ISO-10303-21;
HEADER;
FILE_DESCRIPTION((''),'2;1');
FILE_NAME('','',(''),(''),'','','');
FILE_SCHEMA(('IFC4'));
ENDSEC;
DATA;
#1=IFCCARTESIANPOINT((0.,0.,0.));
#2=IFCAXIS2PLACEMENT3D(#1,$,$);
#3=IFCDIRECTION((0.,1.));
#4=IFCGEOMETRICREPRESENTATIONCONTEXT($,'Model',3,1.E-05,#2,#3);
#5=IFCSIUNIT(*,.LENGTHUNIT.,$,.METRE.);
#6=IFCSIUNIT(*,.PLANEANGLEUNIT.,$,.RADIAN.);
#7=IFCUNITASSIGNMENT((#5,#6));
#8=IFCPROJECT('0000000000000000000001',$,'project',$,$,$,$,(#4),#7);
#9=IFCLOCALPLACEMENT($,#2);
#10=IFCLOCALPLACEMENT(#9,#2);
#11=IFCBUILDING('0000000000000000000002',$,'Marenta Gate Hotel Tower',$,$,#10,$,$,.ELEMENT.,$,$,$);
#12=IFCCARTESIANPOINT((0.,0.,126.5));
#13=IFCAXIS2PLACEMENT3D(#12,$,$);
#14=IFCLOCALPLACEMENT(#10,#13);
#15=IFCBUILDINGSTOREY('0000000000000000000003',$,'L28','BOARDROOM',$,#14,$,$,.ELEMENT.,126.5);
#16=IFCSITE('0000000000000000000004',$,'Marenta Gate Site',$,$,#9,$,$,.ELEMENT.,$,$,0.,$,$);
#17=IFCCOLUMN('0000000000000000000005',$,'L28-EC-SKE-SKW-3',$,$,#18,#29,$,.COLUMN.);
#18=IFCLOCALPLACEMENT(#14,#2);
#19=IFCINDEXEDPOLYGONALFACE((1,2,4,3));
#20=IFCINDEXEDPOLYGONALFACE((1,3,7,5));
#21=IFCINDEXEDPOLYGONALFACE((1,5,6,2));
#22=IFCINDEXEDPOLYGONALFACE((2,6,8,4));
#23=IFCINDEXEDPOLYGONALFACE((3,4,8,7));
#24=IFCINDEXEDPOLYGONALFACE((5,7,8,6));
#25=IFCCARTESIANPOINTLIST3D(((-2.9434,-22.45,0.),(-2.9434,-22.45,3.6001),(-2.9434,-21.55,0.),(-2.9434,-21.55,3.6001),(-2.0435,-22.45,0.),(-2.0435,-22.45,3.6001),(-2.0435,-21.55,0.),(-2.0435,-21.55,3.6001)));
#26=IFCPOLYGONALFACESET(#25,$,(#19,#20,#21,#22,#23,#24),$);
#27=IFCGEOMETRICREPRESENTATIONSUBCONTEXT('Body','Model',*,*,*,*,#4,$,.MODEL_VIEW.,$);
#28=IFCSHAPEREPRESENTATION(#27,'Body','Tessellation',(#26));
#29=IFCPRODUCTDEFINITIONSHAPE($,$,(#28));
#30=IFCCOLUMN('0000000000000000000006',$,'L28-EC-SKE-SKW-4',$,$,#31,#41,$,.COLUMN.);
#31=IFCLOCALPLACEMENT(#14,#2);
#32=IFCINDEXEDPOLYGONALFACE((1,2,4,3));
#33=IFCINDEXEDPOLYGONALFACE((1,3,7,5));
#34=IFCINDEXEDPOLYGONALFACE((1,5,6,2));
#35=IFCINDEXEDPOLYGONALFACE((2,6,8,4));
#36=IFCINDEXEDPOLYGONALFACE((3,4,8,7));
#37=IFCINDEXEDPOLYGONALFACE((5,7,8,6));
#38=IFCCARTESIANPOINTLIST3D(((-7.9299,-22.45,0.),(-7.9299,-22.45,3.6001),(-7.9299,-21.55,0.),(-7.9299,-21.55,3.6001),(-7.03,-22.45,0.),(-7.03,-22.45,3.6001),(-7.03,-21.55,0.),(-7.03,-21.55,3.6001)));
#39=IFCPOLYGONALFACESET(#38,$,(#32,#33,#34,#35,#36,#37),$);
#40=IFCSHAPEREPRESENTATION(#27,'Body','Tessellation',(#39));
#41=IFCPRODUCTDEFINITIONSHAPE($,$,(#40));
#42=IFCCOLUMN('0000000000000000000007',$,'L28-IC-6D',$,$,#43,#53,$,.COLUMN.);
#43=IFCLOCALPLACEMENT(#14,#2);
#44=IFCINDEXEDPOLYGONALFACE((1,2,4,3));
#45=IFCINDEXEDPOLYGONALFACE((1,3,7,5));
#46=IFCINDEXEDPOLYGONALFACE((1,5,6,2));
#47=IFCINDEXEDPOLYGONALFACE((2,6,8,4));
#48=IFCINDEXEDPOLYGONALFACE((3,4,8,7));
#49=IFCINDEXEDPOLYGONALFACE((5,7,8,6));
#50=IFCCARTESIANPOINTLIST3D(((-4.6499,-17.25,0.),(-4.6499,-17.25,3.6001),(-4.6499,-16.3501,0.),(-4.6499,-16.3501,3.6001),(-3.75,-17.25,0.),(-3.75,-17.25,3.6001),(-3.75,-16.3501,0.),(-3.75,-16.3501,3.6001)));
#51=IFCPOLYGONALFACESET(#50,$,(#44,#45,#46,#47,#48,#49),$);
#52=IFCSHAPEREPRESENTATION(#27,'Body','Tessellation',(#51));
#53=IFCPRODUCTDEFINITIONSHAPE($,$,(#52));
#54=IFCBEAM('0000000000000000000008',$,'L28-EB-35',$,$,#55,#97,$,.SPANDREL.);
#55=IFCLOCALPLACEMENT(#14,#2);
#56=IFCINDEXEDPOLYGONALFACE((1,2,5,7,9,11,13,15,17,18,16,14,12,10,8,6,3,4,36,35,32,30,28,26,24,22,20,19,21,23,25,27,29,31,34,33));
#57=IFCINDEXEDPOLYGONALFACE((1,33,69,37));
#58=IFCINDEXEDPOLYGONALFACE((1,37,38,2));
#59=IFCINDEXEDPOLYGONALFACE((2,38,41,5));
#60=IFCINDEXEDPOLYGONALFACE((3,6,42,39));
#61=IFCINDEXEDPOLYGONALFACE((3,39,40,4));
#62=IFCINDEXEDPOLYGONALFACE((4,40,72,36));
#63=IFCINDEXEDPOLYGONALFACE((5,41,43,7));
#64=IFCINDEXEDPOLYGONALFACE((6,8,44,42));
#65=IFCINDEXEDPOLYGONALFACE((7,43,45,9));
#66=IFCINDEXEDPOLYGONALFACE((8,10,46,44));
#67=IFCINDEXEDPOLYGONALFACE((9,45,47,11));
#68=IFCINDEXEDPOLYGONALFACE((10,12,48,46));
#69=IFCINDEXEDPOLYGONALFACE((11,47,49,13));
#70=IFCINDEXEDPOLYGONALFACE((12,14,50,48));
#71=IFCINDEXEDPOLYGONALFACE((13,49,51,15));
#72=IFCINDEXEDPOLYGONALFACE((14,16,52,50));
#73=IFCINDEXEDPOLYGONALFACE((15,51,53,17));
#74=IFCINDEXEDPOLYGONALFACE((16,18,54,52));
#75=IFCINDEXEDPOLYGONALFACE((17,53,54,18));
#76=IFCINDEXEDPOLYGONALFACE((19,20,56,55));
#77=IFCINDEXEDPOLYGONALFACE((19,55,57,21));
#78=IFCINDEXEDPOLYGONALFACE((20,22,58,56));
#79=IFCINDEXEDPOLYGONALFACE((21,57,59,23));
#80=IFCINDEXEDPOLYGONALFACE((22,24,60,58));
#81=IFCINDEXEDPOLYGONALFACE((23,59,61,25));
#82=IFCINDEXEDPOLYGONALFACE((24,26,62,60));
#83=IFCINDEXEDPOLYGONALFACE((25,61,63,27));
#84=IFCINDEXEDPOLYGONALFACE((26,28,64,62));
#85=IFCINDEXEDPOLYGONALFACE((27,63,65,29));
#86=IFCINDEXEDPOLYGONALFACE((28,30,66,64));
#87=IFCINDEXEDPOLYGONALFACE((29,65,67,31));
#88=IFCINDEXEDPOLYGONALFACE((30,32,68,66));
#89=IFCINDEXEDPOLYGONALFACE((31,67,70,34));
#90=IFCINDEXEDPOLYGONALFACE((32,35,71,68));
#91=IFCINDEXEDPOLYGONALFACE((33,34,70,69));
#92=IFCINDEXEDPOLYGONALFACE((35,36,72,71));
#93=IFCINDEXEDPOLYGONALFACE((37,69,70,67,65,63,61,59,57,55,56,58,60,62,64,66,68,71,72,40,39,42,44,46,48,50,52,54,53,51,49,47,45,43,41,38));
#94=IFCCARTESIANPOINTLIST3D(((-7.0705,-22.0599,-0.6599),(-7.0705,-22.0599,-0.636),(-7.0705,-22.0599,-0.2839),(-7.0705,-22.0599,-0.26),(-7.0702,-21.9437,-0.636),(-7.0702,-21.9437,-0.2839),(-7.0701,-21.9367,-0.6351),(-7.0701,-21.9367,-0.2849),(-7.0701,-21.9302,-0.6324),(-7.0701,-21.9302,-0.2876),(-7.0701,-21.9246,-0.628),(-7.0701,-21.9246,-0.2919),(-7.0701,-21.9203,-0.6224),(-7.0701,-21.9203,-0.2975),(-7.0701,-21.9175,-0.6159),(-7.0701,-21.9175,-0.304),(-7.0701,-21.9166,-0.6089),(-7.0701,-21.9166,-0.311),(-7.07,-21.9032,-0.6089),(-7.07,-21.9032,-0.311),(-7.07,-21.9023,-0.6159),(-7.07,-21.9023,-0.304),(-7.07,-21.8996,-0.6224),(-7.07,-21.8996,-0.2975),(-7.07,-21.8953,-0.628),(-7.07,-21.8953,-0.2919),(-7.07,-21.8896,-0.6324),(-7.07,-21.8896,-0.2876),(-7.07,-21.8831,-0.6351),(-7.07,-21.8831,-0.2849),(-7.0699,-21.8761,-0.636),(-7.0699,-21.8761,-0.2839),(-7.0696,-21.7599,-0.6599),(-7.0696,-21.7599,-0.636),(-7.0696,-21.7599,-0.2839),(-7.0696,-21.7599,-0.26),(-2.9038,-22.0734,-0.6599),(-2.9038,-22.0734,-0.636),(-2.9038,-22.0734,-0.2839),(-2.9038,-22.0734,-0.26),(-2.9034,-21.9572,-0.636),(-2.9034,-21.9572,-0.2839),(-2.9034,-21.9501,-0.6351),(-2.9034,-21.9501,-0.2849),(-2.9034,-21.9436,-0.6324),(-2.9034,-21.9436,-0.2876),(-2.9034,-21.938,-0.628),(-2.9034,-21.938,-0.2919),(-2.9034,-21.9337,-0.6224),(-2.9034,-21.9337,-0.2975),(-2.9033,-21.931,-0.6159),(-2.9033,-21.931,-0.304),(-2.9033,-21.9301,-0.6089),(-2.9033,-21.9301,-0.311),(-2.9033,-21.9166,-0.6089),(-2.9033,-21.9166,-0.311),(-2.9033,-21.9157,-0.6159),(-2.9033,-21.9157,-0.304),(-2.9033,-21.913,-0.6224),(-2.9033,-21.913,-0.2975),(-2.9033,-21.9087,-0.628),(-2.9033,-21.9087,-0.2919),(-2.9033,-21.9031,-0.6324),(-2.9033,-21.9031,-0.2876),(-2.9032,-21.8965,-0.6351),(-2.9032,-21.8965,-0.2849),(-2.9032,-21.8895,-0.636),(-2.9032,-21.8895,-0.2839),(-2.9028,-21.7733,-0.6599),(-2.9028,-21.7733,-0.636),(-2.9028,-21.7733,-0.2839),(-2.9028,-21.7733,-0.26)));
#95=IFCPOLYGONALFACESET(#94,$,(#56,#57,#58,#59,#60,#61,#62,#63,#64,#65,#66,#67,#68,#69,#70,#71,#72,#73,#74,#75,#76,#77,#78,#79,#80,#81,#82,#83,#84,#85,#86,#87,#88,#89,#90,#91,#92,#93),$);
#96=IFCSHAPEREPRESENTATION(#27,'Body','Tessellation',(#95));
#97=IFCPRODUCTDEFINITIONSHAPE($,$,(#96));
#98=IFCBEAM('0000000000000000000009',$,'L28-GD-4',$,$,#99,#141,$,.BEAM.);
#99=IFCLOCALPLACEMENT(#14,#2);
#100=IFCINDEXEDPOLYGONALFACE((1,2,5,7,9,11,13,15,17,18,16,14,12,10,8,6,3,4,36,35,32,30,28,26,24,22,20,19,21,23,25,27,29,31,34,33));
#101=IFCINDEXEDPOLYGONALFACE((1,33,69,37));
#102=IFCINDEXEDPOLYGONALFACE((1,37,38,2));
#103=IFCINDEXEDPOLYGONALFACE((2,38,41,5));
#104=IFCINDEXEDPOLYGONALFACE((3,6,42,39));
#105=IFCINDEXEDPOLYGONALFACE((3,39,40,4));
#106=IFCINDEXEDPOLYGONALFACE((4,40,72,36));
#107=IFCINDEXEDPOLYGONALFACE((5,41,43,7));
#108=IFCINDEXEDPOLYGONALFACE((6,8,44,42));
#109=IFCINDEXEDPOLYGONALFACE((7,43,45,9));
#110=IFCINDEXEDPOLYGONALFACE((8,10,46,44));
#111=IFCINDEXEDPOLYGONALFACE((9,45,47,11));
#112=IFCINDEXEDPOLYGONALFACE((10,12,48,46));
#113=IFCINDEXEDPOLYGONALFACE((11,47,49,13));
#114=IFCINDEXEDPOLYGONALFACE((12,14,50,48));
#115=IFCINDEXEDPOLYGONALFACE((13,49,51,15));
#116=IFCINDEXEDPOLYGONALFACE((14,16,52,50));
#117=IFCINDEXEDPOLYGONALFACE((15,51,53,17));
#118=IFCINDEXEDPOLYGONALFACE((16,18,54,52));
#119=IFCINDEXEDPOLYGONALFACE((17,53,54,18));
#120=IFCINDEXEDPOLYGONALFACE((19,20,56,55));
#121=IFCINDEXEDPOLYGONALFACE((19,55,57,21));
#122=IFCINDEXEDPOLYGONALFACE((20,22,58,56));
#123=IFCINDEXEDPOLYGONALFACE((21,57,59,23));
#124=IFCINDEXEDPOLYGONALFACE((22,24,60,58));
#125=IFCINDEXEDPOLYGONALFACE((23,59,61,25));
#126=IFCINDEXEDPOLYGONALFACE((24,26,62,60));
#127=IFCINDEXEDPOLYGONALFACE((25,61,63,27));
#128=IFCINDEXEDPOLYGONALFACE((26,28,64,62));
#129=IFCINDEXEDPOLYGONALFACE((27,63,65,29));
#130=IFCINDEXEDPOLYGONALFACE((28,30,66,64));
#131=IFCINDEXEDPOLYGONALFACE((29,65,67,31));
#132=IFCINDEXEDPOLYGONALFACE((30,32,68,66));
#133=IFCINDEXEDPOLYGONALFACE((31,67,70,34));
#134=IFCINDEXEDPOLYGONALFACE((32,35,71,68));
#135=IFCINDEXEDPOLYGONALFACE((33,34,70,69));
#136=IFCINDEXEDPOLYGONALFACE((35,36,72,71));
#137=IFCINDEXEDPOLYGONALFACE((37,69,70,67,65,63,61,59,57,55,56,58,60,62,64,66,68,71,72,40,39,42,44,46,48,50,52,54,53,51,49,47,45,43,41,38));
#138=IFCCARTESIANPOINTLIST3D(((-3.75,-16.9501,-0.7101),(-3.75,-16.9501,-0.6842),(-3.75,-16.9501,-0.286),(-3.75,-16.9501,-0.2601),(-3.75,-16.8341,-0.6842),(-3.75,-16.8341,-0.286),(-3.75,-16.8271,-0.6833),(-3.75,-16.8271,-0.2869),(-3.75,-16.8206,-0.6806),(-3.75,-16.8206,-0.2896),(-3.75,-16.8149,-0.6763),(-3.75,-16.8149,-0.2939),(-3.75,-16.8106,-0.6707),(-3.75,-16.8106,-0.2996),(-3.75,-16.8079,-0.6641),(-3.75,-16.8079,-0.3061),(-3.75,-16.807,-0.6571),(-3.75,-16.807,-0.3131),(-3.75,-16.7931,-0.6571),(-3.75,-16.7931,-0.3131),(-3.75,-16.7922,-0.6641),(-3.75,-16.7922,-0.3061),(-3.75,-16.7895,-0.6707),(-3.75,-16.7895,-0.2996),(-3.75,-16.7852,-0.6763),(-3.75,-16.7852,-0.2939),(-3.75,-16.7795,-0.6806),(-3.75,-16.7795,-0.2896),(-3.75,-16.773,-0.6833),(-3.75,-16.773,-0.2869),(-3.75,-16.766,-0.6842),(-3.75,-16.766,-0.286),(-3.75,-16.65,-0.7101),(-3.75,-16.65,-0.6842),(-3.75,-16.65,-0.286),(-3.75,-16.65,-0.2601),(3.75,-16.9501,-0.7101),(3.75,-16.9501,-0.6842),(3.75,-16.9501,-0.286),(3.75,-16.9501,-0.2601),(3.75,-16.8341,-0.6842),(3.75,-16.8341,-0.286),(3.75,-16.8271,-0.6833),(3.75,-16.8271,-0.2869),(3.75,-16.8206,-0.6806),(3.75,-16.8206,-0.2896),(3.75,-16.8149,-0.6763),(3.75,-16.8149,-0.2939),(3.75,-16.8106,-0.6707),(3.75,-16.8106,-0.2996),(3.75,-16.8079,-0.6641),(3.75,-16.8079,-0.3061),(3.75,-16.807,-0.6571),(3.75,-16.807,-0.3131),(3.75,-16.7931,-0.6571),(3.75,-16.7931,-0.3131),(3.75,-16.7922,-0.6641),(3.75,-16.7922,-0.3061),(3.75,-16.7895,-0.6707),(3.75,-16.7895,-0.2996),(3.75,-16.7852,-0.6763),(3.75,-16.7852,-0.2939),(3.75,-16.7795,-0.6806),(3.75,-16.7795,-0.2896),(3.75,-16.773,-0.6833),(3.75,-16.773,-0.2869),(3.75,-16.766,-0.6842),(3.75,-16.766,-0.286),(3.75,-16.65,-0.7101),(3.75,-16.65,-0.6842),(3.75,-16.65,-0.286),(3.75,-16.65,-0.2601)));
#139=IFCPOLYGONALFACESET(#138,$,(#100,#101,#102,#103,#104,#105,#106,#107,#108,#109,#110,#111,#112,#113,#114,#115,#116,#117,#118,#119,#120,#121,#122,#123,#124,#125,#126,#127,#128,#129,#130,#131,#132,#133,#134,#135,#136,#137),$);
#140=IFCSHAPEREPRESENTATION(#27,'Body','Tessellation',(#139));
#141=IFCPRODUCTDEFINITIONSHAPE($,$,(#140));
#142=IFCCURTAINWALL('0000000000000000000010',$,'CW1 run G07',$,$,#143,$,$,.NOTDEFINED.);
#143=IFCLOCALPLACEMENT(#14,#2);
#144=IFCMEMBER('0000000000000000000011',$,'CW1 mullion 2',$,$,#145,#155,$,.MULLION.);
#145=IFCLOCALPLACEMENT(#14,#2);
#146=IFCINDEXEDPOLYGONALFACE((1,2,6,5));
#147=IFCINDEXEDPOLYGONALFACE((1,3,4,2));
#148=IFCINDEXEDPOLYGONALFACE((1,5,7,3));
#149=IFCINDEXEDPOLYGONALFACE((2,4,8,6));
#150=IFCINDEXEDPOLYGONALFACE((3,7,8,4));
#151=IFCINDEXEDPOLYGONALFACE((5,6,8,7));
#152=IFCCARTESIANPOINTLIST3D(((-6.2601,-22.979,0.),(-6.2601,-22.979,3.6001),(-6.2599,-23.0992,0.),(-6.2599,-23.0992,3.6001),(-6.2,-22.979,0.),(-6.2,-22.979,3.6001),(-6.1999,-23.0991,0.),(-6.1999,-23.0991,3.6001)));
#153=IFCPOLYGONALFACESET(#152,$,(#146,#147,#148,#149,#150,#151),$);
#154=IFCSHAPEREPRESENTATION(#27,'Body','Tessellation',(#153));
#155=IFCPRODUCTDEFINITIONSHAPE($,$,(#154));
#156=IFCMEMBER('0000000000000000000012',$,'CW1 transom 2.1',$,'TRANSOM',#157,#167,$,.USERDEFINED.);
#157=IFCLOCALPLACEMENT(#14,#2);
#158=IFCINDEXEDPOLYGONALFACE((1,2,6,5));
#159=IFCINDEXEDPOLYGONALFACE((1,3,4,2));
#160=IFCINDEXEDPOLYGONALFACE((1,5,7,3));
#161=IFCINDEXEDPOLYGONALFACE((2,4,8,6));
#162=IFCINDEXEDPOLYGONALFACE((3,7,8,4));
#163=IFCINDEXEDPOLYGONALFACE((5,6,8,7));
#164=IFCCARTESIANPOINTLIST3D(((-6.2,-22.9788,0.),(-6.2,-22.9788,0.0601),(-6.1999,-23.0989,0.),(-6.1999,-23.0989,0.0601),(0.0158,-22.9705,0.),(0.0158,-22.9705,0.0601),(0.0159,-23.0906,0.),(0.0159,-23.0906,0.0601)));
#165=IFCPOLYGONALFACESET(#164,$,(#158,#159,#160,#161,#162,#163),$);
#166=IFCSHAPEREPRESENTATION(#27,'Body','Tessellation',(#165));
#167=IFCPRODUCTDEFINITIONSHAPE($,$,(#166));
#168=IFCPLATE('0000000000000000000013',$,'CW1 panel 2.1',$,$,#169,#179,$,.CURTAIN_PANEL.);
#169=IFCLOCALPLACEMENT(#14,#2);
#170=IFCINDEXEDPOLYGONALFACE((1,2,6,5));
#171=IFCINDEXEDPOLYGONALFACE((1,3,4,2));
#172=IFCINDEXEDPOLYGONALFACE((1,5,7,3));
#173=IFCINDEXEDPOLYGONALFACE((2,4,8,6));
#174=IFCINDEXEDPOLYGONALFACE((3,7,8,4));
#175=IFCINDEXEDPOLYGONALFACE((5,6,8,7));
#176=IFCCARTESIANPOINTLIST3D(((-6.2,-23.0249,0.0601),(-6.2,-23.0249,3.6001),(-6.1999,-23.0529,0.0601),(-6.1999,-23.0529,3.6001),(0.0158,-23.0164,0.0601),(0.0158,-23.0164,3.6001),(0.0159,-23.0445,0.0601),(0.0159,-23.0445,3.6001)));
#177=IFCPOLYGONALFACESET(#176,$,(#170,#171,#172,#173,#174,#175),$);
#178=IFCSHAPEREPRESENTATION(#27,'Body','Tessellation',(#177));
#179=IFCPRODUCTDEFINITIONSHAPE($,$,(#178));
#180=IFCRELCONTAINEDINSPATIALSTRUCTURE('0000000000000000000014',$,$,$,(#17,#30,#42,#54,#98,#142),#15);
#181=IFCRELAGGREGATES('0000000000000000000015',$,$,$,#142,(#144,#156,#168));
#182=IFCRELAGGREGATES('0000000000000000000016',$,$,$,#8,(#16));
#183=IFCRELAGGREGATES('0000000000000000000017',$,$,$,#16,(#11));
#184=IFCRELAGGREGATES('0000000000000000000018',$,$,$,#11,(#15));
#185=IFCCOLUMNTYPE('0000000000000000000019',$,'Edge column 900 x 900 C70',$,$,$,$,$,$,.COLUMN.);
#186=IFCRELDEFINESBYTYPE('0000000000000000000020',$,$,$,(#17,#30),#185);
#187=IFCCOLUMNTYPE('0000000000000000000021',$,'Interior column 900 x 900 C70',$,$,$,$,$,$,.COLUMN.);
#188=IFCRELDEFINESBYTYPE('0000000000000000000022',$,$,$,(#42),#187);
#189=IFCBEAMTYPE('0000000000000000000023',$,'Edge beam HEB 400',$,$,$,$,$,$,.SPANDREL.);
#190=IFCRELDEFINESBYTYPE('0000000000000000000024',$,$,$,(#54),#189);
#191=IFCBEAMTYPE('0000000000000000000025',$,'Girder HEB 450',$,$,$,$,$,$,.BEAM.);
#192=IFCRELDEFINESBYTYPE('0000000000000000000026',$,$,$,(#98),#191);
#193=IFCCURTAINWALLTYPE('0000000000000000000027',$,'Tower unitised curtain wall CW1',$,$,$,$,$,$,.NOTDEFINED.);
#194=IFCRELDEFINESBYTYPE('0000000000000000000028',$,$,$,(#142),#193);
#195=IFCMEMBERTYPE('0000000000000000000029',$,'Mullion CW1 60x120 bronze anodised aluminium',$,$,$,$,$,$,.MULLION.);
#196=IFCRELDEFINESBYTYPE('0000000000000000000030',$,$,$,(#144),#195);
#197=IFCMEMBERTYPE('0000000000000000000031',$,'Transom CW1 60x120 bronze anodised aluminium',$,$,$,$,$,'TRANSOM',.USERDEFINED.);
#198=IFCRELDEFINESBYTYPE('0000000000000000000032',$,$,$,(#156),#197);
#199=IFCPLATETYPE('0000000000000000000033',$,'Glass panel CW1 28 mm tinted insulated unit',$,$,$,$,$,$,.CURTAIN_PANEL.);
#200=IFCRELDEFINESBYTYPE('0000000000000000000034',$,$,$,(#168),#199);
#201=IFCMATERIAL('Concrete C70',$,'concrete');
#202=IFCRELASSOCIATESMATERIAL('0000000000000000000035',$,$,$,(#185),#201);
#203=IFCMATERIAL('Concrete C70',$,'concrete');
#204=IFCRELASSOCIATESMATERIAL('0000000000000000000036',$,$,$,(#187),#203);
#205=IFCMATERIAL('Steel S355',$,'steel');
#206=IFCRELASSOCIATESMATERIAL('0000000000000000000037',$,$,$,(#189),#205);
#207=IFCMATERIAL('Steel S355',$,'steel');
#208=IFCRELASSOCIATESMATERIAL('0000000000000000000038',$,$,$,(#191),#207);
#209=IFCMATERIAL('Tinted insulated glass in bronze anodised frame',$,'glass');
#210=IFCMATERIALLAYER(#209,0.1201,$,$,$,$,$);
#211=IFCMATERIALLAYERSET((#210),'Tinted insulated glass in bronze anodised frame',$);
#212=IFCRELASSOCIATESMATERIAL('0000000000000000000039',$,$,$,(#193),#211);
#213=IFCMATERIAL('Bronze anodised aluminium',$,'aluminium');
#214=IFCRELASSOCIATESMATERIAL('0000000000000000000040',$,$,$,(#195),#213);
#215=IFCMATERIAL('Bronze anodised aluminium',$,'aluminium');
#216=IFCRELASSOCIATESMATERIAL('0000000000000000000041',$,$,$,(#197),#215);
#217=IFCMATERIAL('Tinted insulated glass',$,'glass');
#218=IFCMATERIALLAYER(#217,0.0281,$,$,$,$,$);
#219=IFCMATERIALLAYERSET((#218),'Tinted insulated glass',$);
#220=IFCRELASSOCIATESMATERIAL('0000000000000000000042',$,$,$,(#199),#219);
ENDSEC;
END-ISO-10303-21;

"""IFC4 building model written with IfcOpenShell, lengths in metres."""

from ifc_helpers import new_model, si_unit, direction, frame, origin, origin_2d, place, context, subcontext, project, spatial, rectangle, i_section, extrude, material, layer, layer_set, material_profile, profile_set, type_object, element, aggregate, save


model = new_model("IFC4")

# Units and contexts
model_context = context("Model", 3, precision=1e-05, world=origin(), true_north=direction((0.0, 1.0)))
body_context = subcontext(model_context, "Body", "Model", "MODEL_VIEW")
ifc_project = project(units=[si_unit("LENGTHUNIT", "METRE"), si_unit("PLANEANGLEUNIT", "RADIAN")], contexts=[model_context])

# Site, building, storey
site_placement = place(None, origin())
site = spatial("IfcSite", under=ifc_project, at=site_placement, Name="Marenta Gate Site", CompositionType="ELEMENT", RefElevation=0.0)
building_placement = place(site_placement, origin())
building = spatial("IfcBuilding", under=site, at=building_placement, Name="Marenta Gate Hotel Tower", CompositionType="ELEMENT")
storey_placement = place(building_placement, frame((0.0, 0.0, 126.5)))
storey = spatial("IfcBuildingStorey", under=building, at=storey_placement, Name="L28", Description="BOARDROOM", CompositionType="ELEMENT", Elevation=126.5)

# Columns
ifc_material_1 = material(Name="Concrete C70", Category="concrete")
ifc_material_profile_1 = material_profile(ifc_material_1, rectangle(XDim=0.8999, YDim=0.8999, at=origin_2d()), Name="900 x 900")
ifc_profile_set_1 = profile_set([ifc_material_profile_1], Name="Concrete C70")
column_type_1 = type_object("IfcColumnType", Name="Edge column 900 x 900 C70", PredefinedType="COLUMN", material=ifc_profile_set_1)
for number, where, z_axis, x_axis, name in (
    (1, (-2.4934, -22.0, 0.0), (0.0, 0.0, 1.0), (1.0, 0.0, 0.0), "L28-EC-SKE-SKW-3"),
    (2, (-7.48, -22.0, 0.0), (0.0, 0.0, 1.0), (1.0, 0.0, 0.0), "L28-EC-SKE-SKW-4"),
):
    element("IfcColumn", number, at=place(storey_placement, frame(where, z_axis=z_axis, x_axis=x_axis)), inside=storey, type_object=column_type_1, Name=name, PredefinedType="COLUMN", context=body_context, shape_type="SweptSolid", body=[
        extrude(rectangle(XDim=0.8999, YDim=0.8999, at=origin_2d()), origin(), (0.0, 0.0, 1.0), 3.6001),
    ])
ifc_material_2 = material(Name="Concrete C70", Category="concrete")
ifc_material_profile_2 = material_profile(ifc_material_2, rectangle(XDim=0.8999, YDim=0.8999, at=origin_2d()), Name="900 x 900")
ifc_profile_set_2 = profile_set([ifc_material_profile_2], Name="Concrete C70")
column_type_2 = type_object("IfcColumnType", Name="Interior column 900 x 900 C70", PredefinedType="COLUMN", material=ifc_profile_set_2)
column_placement = place(storey_placement, frame((-4.2, -16.8, 0.0), z_axis=(0.0, 0.0, 1.0), x_axis=(1.0, 0.0, 0.0)))
element("IfcColumn", 3, at=column_placement, inside=storey, type_object=column_type_2, Name="L28-IC-6D", PredefinedType="COLUMN", context=body_context, shape_type="SweptSolid", body=[
    extrude(rectangle(XDim=0.8999, YDim=0.8999, at=origin_2d()), origin(), (0.0, 0.0, 1.0), 3.6001),
])

# Beams
ifc_material_3 = material(Name="Steel S355", Category="steel")
ifc_material_profile_3 = material_profile(ifc_material_3, i_section(OverallWidth=0.3, OverallDepth=0.3999, WebThickness=0.0134, FlangeThickness=0.0239, FilletRadius=0.0271, at=origin_2d()), Name="HEB 400")
ifc_profile_set_3 = profile_set([ifc_material_profile_3], Name="Steel S355")
beam_type_1 = type_object("IfcBeamType", Name="Edge beam HEB 400", PredefinedType="SPANDREL", material=ifc_profile_set_3)
beam_1_placement = place(storey_placement, frame((-2.9033, -21.9233, -0.46), z_axis=(-0.999995, 0.003223, 0.0), x_axis=(-0.003223, -0.999995, 0.0)))
element("IfcBeam", 4, at=beam_1_placement, inside=storey, type_object=beam_type_1, Name="L28-EB-35", PredefinedType="SPANDREL", context=body_context, shape_type="SweptSolid", body=[
    extrude(i_section(OverallWidth=0.3, OverallDepth=0.3999, WebThickness=0.0134, FlangeThickness=0.0239, FilletRadius=0.0271, at=origin_2d()), origin(), (0.0, 0.0, 1.0), 4.1667),
])
ifc_material_4 = material(Name="Steel S355", Category="steel")
ifc_material_profile_4 = material_profile(ifc_material_4, i_section(OverallWidth=0.3, OverallDepth=0.45, WebThickness=0.0139, FlangeThickness=0.0259, FilletRadius=0.0271, at=origin_2d()), Name="HEB 450")
ifc_profile_set_4 = profile_set([ifc_material_profile_4], Name="Steel S355")
beam_type_2 = type_object("IfcBeamType", Name="Girder HEB 450", PredefinedType="BEAM", material=ifc_profile_set_4)
beam_2_placement = place(storey_placement, frame((-3.75, -16.8, -0.4851), z_axis=(1.0, 0.0, 0.0), x_axis=(0.0, 1.0, 0.0)))
element("IfcBeam", 5, at=beam_2_placement, inside=storey, type_object=beam_type_2, Name="L28-GD-4", PredefinedType="BEAM", context=body_context, shape_type="SweptSolid", body=[
    extrude(i_section(OverallWidth=0.3, OverallDepth=0.45, WebThickness=0.0139, FlangeThickness=0.0259, FilletRadius=0.0271, at=origin_2d()), origin(), (0.0, 0.0, 1.0), 7.5),
])

# Curtain wall, members, plate
ifc_material_5 = material(Name="Tinted insulated glass in bronze anodised frame", Category="glass")
ifc_layer_1 = layer(ifc_material_5, 0.1201)
ifc_layer_set_1 = layer_set([ifc_layer_1], Name="Tinted insulated glass in bronze anodised frame")
curtain_wall_type = type_object("IfcCurtainWallType", Name="Tower unitised curtain wall CW1", PredefinedType="NOTDEFINED", material=ifc_layer_set_1)
curtain_wall_placement = place(storey_placement, origin())
curtain_wall = element("IfcCurtainWall", 6, at=curtain_wall_placement, inside=storey, type_object=curtain_wall_type, Name="CW1 run G07", PredefinedType="NOTDEFINED")
ifc_material_6 = material(Name="Bronze anodised aluminium", Category="aluminium")
ifc_material_profile_5 = material_profile(ifc_material_6, rectangle(XDim=0.1201, YDim=0.0601, at=origin_2d()), Name="Mullion CW1 60x120 bronze anodised aluminium")
ifc_profile_set_5 = profile_set([ifc_material_profile_5], Name="Bronze anodised aluminium")
member_type_1 = type_object("IfcMemberType", Name="Mullion CW1 60x120 bronze anodised aluminium", PredefinedType="MULLION", material=ifc_profile_set_5)
member_1_placement = place(storey_placement, frame((-6.23, -23.0391, 0.0), z_axis=(0.0, 0.0, 1.0), x_axis=(-0.001362, 0.999999, 0.0)))
member_1 = element("IfcMember", 7, at=member_1_placement, type_object=member_type_1, Name="CW1 mullion 2", PredefinedType="MULLION", context=body_context, shape_type="SweptSolid", body=[
    extrude(rectangle(XDim=0.1201, YDim=0.0601, at=origin_2d()), origin(), (0.0, 0.0, 1.0), 3.6001),
])
ifc_material_7 = material(Name="Bronze anodised aluminium", Category="aluminium")
ifc_material_profile_6 = material_profile(ifc_material_7, rectangle(XDim=0.1201, YDim=0.0601, at=origin_2d()), Name="Transom CW1 60x120 bronze anodised aluminium")
ifc_profile_set_6 = profile_set([ifc_material_profile_6], Name="Bronze anodised aluminium")
member_type_2 = type_object("IfcMemberType", Name="Transom CW1 60x120 bronze anodised aluminium", ElementType="TRANSOM", PredefinedType="USERDEFINED", material=ifc_profile_set_6)
member_2_placement = place(storey_placement, frame((-6.2, -23.0388, 0.03), z_axis=(0.999999, 0.001335, 0.0), x_axis=(-0.001335, 0.999999, 0.0)))
member_2 = element("IfcMember", 8, at=member_2_placement, type_object=member_type_2, Name="CW1 transom 2.1", ObjectType="TRANSOM", PredefinedType="USERDEFINED", context=body_context, shape_type="SweptSolid", body=[
    extrude(rectangle(XDim=0.1201, YDim=0.0601, at=origin_2d()), origin(), (0.0, 0.0, 1.0), 6.2158),
])
ifc_material_8 = material(Name="Tinted insulated glass", Category="glass")
ifc_layer_2 = layer(ifc_material_8, 0.0281)
ifc_layer_set_2 = layer_set([ifc_layer_2], Name="Tinted insulated glass")
plate_type = type_object("IfcPlateType", Name="Glass panel CW1 28 mm tinted insulated unit", PredefinedType="CURTAIN_PANEL", material=ifc_layer_set_2)
plate_placement = place(storey_placement, frame((-3.092, -23.0347, 0.0601), z_axis=(0.0, 0.0, 1.0), x_axis=(0.999999, 0.001362, 0.0)))
plate = element("IfcPlate", 9, at=plate_placement, type_object=plate_type, Name="CW1 panel 2.1", PredefinedType="CURTAIN_PANEL", context=body_context, shape_type="SweptSolid", body=[
    extrude(rectangle(XDim=6.2158, YDim=0.0281, at=origin_2d()), origin(), (0.0, 0.0, 1.0), 3.54),
])
aggregate(curtain_wall, [member_1, member_2, plate])

save(model, "model.ifc")
